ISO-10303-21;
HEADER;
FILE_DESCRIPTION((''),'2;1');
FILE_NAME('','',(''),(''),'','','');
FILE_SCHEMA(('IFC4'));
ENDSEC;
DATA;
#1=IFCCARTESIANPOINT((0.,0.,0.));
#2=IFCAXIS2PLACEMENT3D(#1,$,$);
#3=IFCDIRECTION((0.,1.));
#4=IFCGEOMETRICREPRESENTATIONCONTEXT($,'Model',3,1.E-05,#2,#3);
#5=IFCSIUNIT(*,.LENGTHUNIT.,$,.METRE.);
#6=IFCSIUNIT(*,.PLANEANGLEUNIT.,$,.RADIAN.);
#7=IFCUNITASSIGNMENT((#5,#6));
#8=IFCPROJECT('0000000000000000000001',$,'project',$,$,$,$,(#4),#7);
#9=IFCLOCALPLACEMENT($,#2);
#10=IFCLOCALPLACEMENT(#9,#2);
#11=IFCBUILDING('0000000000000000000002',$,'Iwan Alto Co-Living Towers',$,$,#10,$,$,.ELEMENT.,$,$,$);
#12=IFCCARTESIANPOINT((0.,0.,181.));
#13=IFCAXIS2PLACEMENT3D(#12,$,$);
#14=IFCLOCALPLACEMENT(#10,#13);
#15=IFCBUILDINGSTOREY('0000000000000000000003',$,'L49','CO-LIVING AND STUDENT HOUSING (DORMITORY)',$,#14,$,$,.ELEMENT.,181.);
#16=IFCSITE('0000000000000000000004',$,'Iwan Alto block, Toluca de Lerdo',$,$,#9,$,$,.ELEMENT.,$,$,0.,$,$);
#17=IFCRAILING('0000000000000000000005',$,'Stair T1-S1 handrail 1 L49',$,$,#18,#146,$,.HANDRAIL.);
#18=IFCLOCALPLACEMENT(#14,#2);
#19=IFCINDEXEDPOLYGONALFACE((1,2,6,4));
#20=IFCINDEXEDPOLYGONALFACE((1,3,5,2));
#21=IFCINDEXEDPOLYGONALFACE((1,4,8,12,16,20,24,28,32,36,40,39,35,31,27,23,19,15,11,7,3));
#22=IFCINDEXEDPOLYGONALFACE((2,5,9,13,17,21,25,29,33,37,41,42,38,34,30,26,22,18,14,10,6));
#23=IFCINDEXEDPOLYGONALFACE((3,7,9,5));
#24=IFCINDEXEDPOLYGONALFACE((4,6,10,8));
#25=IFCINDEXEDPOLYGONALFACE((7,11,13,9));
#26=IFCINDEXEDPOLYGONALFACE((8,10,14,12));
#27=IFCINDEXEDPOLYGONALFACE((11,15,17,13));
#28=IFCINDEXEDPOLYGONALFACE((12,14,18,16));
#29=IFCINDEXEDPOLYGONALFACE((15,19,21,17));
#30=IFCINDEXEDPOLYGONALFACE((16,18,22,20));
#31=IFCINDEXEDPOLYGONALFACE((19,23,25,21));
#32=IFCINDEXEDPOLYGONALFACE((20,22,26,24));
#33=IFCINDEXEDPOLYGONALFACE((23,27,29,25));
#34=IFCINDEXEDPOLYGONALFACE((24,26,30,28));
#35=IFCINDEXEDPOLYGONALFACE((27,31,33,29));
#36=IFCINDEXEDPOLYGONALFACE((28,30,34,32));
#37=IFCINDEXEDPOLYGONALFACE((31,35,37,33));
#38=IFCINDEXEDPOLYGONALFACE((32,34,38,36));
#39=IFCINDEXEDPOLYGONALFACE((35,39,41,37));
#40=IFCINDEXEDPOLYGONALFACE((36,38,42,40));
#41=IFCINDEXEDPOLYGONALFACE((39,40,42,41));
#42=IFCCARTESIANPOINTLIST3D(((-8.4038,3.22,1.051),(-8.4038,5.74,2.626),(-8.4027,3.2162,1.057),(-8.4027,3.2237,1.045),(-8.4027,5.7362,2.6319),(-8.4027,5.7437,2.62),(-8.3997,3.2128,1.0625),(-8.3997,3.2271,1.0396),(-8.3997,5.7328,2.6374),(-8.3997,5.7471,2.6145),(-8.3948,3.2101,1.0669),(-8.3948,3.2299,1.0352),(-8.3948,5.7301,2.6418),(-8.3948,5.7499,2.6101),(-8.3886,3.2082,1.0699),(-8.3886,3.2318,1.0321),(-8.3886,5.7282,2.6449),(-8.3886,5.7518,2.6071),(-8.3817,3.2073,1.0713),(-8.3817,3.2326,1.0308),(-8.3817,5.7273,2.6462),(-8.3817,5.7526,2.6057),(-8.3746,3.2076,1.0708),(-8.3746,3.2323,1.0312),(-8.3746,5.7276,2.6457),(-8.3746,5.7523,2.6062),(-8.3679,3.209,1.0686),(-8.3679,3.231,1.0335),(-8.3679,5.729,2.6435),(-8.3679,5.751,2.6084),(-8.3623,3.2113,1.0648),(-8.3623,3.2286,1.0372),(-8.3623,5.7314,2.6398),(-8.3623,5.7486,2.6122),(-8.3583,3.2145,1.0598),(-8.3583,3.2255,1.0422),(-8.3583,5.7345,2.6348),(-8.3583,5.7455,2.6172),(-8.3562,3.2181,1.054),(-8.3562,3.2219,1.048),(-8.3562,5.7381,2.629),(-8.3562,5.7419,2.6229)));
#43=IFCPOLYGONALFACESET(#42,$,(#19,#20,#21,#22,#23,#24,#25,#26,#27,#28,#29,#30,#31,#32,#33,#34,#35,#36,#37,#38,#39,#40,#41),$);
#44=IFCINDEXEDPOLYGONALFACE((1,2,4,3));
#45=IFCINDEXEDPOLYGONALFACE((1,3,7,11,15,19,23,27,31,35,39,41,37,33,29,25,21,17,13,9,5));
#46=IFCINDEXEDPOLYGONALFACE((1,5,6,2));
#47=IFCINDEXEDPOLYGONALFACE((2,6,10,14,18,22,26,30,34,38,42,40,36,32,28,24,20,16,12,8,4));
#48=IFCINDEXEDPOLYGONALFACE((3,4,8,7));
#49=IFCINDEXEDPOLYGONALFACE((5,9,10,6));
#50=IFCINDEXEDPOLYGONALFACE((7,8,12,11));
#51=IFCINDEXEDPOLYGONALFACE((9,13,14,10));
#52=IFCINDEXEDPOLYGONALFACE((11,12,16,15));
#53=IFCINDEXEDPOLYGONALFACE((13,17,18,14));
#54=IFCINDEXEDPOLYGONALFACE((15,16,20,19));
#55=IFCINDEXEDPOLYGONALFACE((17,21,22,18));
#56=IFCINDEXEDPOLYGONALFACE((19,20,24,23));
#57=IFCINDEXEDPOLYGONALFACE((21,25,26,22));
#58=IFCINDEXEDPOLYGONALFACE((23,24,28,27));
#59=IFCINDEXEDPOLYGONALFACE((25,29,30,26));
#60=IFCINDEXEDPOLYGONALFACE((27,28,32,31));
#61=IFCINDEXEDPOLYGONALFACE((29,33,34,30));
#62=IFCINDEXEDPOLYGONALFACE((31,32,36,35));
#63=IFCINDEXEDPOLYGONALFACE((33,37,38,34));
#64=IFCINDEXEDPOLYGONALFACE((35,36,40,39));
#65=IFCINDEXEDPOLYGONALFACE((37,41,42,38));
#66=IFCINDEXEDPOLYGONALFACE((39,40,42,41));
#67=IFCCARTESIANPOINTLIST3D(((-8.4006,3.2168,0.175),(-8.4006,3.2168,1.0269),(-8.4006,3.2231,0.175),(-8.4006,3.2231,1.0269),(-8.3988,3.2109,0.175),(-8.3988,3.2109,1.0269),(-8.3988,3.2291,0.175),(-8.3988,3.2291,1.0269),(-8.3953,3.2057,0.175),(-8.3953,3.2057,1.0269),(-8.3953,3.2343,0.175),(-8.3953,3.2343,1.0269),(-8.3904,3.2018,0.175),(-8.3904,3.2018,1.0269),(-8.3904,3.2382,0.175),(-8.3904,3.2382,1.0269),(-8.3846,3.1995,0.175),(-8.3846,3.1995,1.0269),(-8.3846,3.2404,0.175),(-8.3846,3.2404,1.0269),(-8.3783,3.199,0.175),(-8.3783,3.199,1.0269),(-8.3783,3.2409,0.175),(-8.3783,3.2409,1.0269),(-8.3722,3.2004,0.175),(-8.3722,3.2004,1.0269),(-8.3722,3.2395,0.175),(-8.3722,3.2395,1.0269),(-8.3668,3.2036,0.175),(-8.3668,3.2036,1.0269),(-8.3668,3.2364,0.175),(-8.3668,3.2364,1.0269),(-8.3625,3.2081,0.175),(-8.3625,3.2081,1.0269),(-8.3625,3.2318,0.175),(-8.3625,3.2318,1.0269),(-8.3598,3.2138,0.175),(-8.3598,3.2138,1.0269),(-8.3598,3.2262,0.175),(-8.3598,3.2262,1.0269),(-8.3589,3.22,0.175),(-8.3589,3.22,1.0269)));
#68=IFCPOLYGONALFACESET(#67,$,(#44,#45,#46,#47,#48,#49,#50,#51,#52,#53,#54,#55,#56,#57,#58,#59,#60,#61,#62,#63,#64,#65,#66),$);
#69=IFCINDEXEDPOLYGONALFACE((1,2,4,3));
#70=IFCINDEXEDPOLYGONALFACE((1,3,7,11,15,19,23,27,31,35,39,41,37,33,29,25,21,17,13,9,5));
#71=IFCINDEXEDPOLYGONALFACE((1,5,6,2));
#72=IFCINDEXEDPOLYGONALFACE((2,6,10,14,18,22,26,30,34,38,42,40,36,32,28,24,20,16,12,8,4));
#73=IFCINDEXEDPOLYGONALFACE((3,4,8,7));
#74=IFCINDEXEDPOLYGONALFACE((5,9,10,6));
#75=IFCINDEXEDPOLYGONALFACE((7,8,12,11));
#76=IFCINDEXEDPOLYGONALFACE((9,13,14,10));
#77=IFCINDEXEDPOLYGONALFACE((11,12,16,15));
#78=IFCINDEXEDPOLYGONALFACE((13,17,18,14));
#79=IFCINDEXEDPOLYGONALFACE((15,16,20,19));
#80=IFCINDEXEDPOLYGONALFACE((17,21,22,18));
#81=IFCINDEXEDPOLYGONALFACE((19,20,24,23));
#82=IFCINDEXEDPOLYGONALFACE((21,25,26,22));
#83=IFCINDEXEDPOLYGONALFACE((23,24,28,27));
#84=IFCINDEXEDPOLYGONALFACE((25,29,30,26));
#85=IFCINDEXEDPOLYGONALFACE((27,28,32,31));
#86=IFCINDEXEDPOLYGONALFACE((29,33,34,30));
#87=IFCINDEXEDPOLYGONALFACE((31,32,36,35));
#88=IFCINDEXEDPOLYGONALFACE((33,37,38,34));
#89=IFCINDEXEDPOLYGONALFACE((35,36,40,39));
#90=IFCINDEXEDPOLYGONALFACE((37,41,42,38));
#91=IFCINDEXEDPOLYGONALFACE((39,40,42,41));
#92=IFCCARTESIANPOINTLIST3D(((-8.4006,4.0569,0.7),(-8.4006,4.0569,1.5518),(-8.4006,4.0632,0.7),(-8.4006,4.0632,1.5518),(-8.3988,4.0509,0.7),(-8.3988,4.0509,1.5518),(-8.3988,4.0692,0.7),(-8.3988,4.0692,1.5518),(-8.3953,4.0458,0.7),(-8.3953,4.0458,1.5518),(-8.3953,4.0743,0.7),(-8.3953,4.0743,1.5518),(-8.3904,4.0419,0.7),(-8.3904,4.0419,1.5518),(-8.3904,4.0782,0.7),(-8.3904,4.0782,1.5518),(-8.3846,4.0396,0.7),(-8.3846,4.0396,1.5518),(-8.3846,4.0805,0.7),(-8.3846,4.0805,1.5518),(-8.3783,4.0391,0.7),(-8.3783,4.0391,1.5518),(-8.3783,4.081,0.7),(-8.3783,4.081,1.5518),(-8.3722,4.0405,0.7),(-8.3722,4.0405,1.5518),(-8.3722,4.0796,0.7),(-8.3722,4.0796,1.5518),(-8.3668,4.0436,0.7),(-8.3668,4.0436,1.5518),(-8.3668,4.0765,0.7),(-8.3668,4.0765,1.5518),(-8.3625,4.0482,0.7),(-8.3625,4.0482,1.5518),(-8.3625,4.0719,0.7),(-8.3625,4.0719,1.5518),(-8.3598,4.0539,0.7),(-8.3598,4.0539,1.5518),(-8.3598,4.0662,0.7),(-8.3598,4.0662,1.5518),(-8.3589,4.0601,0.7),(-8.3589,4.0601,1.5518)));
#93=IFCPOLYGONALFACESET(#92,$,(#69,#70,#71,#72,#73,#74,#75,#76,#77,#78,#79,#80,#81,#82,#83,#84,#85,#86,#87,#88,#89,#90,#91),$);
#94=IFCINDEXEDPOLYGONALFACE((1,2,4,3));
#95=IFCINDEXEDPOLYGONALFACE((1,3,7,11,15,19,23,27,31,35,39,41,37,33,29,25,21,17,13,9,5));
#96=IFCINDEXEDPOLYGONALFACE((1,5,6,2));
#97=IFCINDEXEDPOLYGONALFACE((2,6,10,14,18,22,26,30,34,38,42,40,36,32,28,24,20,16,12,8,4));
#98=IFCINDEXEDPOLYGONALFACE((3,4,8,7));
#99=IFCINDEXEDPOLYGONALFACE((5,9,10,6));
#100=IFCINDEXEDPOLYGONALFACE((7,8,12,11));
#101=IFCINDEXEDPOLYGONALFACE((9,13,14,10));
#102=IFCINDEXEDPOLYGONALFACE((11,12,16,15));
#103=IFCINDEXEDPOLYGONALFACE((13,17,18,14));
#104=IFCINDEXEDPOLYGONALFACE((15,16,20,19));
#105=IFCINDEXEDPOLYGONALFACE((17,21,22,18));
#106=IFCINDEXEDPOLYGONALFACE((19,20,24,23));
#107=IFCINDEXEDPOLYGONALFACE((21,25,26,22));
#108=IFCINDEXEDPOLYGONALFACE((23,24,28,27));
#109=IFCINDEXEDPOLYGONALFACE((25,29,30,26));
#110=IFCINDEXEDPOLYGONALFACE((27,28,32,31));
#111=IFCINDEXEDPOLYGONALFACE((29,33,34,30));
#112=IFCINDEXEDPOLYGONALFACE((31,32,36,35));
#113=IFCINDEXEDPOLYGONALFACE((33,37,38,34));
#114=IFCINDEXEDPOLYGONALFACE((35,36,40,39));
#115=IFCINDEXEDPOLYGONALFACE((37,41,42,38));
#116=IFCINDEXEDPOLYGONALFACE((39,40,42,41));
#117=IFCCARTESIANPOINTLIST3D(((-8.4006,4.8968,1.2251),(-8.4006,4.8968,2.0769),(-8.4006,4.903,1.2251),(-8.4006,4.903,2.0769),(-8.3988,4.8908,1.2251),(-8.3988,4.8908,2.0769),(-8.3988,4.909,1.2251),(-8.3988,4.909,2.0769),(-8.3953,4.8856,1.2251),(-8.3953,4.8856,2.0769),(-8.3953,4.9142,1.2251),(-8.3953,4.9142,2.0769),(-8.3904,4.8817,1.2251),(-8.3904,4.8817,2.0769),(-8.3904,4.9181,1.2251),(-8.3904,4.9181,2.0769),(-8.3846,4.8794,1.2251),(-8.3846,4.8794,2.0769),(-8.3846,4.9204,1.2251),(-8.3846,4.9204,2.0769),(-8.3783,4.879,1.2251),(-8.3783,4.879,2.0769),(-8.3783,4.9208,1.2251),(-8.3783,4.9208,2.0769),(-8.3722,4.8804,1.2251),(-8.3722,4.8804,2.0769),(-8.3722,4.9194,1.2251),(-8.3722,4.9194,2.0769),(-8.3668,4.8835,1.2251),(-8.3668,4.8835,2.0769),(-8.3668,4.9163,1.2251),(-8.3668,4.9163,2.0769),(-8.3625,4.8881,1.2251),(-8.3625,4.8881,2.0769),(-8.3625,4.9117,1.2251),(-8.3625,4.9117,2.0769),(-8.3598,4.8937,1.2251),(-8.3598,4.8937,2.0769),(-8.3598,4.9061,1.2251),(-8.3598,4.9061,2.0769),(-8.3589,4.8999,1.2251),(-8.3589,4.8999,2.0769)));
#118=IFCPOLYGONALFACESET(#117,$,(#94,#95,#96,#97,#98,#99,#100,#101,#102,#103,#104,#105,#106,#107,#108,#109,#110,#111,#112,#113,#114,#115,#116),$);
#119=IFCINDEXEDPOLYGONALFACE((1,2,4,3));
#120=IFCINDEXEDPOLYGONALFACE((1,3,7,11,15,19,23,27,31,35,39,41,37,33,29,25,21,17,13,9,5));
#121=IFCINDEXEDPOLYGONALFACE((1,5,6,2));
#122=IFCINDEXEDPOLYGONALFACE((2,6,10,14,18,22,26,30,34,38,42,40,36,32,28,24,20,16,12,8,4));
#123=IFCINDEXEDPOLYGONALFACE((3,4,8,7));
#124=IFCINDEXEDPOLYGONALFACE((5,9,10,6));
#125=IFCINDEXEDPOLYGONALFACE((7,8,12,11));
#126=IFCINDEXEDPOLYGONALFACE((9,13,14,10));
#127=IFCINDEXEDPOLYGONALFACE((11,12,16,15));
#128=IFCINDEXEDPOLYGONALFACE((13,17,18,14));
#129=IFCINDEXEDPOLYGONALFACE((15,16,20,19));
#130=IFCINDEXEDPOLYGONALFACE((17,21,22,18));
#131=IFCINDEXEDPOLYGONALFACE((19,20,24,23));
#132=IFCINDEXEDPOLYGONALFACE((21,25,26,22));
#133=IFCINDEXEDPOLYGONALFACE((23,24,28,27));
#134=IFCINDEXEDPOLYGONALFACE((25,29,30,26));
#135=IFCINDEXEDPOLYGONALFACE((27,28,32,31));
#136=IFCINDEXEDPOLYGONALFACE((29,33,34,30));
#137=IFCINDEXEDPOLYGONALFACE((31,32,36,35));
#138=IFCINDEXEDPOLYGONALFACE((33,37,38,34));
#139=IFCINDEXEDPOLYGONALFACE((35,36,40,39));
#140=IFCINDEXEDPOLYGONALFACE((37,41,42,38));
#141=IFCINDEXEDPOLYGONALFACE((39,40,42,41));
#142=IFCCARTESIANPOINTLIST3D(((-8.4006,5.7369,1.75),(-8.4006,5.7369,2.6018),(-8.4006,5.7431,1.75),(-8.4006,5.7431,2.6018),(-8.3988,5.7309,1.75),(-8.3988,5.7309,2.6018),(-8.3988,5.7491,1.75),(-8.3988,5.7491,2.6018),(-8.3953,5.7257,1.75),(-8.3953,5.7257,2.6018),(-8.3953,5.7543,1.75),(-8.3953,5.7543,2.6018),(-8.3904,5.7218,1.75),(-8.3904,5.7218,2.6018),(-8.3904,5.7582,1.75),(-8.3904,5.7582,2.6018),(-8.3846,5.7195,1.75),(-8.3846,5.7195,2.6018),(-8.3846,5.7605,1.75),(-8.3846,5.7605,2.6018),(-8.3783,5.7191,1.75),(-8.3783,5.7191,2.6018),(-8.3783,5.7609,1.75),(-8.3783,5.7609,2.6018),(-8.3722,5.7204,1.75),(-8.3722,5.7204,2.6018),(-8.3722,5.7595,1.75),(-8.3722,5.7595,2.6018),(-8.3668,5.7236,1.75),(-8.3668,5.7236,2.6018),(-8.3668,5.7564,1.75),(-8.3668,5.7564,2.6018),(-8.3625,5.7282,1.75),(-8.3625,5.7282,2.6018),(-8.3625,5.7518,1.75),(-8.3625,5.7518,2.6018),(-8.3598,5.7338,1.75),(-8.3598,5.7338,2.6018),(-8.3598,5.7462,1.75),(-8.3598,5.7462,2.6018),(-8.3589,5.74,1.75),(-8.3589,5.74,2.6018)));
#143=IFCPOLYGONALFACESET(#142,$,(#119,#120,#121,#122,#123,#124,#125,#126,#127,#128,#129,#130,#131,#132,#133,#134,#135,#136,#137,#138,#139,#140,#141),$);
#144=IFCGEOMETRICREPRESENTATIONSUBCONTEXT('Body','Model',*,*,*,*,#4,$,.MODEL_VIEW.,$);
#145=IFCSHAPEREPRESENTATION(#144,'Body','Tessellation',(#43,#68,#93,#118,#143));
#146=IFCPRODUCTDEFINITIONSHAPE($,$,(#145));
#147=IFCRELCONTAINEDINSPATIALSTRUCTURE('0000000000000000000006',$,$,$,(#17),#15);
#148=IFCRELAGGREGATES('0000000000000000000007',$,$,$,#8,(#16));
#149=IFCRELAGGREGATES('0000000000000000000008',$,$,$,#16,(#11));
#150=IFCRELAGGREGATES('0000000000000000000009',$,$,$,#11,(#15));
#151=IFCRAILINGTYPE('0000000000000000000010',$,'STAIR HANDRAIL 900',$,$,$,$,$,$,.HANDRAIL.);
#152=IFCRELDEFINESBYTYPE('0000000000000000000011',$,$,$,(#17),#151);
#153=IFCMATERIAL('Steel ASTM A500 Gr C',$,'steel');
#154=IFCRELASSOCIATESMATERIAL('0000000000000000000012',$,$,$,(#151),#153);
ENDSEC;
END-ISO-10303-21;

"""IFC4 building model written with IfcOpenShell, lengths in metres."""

from ifc_helpers import new_model, si_unit, direction, frame, origin, origin_2d, place, context, subcontext, project, spatial, circle, extrude, material, type_object, element, save


model = new_model("IFC4")

# Units and contexts
model_context = context("Model", 3, precision=1e-05, world=origin(), true_north=direction((0.0, 1.0)))
body_context = subcontext(model_context, "Body", "Model", "MODEL_VIEW")
ifc_project = project(units=[si_unit("LENGTHUNIT", "METRE"), si_unit("PLANEANGLEUNIT", "RADIAN")], contexts=[model_context])

# Site, building, storey
site_placement = place(None, origin())
site = spatial("IfcSite", under=ifc_project, at=site_placement, Name="Iwan Alto block, Toluca de Lerdo", CompositionType="ELEMENT", RefElevation=0.0)
building_placement = place(site_placement, origin())
building = spatial("IfcBuilding", under=site, at=building_placement, Name="Iwan Alto Co-Living Towers", CompositionType="ELEMENT")
storey_placement = place(building_placement, frame((0.0, 0.0, 181.0)))
storey = spatial("IfcBuildingStorey", under=building, at=storey_placement, Name="L49", Description="CO-LIVING AND STUDENT HOUSING (DORMITORY)", CompositionType="ELEMENT", Elevation=181.0)

# Railing
ifc_material_1 = material(Name="Steel ASTM A500 Gr C", Category="steel")
railing_type_1 = type_object("IfcRailingType", Name="STAIR HANDRAIL 900", PredefinedType="HANDRAIL", material=ifc_material_1)
railing_1_placement = place(storey_placement, frame((-8.3799, 3.22, 0.175)))
element("IfcRailing", 1, at=railing_1_placement, inside=storey, type_object=railing_type_1, Name="Stair T1-S1 handrail 1 L49", PredefinedType="HANDRAIL", context=body_context, shape_type="SweptSolid", body=[
    extrude(circle(Radius=0.0239, at=origin_2d()), frame((0.0, 0.0, 0.876), z_axis=(0.0, 0.848008, 0.529984), x_axis=(-1.0, 0.0, 0.0)), (0.0, 0.0, 1.0), 2.9717),
    extrude(circle(Radius=0.021, at=origin_2d()), origin(), (0.0, 0.0, 1.0), 0.8518),
    extrude(circle(Radius=0.021, at=origin_2d()), frame((0.0, 0.8401, 0.5249)), (0.0, 0.0, 1.0), 0.8518),
    extrude(circle(Radius=0.021, at=origin_2d()), frame((0.0, 1.6799, 1.05)), (0.0, 0.0, 1.0), 0.8518),
    extrude(circle(Radius=0.021, at=origin_2d()), frame((0.0, 2.52, 1.575)), (0.0, 0.0, 1.0), 0.8518),
])

save(model, "model.ifc")
